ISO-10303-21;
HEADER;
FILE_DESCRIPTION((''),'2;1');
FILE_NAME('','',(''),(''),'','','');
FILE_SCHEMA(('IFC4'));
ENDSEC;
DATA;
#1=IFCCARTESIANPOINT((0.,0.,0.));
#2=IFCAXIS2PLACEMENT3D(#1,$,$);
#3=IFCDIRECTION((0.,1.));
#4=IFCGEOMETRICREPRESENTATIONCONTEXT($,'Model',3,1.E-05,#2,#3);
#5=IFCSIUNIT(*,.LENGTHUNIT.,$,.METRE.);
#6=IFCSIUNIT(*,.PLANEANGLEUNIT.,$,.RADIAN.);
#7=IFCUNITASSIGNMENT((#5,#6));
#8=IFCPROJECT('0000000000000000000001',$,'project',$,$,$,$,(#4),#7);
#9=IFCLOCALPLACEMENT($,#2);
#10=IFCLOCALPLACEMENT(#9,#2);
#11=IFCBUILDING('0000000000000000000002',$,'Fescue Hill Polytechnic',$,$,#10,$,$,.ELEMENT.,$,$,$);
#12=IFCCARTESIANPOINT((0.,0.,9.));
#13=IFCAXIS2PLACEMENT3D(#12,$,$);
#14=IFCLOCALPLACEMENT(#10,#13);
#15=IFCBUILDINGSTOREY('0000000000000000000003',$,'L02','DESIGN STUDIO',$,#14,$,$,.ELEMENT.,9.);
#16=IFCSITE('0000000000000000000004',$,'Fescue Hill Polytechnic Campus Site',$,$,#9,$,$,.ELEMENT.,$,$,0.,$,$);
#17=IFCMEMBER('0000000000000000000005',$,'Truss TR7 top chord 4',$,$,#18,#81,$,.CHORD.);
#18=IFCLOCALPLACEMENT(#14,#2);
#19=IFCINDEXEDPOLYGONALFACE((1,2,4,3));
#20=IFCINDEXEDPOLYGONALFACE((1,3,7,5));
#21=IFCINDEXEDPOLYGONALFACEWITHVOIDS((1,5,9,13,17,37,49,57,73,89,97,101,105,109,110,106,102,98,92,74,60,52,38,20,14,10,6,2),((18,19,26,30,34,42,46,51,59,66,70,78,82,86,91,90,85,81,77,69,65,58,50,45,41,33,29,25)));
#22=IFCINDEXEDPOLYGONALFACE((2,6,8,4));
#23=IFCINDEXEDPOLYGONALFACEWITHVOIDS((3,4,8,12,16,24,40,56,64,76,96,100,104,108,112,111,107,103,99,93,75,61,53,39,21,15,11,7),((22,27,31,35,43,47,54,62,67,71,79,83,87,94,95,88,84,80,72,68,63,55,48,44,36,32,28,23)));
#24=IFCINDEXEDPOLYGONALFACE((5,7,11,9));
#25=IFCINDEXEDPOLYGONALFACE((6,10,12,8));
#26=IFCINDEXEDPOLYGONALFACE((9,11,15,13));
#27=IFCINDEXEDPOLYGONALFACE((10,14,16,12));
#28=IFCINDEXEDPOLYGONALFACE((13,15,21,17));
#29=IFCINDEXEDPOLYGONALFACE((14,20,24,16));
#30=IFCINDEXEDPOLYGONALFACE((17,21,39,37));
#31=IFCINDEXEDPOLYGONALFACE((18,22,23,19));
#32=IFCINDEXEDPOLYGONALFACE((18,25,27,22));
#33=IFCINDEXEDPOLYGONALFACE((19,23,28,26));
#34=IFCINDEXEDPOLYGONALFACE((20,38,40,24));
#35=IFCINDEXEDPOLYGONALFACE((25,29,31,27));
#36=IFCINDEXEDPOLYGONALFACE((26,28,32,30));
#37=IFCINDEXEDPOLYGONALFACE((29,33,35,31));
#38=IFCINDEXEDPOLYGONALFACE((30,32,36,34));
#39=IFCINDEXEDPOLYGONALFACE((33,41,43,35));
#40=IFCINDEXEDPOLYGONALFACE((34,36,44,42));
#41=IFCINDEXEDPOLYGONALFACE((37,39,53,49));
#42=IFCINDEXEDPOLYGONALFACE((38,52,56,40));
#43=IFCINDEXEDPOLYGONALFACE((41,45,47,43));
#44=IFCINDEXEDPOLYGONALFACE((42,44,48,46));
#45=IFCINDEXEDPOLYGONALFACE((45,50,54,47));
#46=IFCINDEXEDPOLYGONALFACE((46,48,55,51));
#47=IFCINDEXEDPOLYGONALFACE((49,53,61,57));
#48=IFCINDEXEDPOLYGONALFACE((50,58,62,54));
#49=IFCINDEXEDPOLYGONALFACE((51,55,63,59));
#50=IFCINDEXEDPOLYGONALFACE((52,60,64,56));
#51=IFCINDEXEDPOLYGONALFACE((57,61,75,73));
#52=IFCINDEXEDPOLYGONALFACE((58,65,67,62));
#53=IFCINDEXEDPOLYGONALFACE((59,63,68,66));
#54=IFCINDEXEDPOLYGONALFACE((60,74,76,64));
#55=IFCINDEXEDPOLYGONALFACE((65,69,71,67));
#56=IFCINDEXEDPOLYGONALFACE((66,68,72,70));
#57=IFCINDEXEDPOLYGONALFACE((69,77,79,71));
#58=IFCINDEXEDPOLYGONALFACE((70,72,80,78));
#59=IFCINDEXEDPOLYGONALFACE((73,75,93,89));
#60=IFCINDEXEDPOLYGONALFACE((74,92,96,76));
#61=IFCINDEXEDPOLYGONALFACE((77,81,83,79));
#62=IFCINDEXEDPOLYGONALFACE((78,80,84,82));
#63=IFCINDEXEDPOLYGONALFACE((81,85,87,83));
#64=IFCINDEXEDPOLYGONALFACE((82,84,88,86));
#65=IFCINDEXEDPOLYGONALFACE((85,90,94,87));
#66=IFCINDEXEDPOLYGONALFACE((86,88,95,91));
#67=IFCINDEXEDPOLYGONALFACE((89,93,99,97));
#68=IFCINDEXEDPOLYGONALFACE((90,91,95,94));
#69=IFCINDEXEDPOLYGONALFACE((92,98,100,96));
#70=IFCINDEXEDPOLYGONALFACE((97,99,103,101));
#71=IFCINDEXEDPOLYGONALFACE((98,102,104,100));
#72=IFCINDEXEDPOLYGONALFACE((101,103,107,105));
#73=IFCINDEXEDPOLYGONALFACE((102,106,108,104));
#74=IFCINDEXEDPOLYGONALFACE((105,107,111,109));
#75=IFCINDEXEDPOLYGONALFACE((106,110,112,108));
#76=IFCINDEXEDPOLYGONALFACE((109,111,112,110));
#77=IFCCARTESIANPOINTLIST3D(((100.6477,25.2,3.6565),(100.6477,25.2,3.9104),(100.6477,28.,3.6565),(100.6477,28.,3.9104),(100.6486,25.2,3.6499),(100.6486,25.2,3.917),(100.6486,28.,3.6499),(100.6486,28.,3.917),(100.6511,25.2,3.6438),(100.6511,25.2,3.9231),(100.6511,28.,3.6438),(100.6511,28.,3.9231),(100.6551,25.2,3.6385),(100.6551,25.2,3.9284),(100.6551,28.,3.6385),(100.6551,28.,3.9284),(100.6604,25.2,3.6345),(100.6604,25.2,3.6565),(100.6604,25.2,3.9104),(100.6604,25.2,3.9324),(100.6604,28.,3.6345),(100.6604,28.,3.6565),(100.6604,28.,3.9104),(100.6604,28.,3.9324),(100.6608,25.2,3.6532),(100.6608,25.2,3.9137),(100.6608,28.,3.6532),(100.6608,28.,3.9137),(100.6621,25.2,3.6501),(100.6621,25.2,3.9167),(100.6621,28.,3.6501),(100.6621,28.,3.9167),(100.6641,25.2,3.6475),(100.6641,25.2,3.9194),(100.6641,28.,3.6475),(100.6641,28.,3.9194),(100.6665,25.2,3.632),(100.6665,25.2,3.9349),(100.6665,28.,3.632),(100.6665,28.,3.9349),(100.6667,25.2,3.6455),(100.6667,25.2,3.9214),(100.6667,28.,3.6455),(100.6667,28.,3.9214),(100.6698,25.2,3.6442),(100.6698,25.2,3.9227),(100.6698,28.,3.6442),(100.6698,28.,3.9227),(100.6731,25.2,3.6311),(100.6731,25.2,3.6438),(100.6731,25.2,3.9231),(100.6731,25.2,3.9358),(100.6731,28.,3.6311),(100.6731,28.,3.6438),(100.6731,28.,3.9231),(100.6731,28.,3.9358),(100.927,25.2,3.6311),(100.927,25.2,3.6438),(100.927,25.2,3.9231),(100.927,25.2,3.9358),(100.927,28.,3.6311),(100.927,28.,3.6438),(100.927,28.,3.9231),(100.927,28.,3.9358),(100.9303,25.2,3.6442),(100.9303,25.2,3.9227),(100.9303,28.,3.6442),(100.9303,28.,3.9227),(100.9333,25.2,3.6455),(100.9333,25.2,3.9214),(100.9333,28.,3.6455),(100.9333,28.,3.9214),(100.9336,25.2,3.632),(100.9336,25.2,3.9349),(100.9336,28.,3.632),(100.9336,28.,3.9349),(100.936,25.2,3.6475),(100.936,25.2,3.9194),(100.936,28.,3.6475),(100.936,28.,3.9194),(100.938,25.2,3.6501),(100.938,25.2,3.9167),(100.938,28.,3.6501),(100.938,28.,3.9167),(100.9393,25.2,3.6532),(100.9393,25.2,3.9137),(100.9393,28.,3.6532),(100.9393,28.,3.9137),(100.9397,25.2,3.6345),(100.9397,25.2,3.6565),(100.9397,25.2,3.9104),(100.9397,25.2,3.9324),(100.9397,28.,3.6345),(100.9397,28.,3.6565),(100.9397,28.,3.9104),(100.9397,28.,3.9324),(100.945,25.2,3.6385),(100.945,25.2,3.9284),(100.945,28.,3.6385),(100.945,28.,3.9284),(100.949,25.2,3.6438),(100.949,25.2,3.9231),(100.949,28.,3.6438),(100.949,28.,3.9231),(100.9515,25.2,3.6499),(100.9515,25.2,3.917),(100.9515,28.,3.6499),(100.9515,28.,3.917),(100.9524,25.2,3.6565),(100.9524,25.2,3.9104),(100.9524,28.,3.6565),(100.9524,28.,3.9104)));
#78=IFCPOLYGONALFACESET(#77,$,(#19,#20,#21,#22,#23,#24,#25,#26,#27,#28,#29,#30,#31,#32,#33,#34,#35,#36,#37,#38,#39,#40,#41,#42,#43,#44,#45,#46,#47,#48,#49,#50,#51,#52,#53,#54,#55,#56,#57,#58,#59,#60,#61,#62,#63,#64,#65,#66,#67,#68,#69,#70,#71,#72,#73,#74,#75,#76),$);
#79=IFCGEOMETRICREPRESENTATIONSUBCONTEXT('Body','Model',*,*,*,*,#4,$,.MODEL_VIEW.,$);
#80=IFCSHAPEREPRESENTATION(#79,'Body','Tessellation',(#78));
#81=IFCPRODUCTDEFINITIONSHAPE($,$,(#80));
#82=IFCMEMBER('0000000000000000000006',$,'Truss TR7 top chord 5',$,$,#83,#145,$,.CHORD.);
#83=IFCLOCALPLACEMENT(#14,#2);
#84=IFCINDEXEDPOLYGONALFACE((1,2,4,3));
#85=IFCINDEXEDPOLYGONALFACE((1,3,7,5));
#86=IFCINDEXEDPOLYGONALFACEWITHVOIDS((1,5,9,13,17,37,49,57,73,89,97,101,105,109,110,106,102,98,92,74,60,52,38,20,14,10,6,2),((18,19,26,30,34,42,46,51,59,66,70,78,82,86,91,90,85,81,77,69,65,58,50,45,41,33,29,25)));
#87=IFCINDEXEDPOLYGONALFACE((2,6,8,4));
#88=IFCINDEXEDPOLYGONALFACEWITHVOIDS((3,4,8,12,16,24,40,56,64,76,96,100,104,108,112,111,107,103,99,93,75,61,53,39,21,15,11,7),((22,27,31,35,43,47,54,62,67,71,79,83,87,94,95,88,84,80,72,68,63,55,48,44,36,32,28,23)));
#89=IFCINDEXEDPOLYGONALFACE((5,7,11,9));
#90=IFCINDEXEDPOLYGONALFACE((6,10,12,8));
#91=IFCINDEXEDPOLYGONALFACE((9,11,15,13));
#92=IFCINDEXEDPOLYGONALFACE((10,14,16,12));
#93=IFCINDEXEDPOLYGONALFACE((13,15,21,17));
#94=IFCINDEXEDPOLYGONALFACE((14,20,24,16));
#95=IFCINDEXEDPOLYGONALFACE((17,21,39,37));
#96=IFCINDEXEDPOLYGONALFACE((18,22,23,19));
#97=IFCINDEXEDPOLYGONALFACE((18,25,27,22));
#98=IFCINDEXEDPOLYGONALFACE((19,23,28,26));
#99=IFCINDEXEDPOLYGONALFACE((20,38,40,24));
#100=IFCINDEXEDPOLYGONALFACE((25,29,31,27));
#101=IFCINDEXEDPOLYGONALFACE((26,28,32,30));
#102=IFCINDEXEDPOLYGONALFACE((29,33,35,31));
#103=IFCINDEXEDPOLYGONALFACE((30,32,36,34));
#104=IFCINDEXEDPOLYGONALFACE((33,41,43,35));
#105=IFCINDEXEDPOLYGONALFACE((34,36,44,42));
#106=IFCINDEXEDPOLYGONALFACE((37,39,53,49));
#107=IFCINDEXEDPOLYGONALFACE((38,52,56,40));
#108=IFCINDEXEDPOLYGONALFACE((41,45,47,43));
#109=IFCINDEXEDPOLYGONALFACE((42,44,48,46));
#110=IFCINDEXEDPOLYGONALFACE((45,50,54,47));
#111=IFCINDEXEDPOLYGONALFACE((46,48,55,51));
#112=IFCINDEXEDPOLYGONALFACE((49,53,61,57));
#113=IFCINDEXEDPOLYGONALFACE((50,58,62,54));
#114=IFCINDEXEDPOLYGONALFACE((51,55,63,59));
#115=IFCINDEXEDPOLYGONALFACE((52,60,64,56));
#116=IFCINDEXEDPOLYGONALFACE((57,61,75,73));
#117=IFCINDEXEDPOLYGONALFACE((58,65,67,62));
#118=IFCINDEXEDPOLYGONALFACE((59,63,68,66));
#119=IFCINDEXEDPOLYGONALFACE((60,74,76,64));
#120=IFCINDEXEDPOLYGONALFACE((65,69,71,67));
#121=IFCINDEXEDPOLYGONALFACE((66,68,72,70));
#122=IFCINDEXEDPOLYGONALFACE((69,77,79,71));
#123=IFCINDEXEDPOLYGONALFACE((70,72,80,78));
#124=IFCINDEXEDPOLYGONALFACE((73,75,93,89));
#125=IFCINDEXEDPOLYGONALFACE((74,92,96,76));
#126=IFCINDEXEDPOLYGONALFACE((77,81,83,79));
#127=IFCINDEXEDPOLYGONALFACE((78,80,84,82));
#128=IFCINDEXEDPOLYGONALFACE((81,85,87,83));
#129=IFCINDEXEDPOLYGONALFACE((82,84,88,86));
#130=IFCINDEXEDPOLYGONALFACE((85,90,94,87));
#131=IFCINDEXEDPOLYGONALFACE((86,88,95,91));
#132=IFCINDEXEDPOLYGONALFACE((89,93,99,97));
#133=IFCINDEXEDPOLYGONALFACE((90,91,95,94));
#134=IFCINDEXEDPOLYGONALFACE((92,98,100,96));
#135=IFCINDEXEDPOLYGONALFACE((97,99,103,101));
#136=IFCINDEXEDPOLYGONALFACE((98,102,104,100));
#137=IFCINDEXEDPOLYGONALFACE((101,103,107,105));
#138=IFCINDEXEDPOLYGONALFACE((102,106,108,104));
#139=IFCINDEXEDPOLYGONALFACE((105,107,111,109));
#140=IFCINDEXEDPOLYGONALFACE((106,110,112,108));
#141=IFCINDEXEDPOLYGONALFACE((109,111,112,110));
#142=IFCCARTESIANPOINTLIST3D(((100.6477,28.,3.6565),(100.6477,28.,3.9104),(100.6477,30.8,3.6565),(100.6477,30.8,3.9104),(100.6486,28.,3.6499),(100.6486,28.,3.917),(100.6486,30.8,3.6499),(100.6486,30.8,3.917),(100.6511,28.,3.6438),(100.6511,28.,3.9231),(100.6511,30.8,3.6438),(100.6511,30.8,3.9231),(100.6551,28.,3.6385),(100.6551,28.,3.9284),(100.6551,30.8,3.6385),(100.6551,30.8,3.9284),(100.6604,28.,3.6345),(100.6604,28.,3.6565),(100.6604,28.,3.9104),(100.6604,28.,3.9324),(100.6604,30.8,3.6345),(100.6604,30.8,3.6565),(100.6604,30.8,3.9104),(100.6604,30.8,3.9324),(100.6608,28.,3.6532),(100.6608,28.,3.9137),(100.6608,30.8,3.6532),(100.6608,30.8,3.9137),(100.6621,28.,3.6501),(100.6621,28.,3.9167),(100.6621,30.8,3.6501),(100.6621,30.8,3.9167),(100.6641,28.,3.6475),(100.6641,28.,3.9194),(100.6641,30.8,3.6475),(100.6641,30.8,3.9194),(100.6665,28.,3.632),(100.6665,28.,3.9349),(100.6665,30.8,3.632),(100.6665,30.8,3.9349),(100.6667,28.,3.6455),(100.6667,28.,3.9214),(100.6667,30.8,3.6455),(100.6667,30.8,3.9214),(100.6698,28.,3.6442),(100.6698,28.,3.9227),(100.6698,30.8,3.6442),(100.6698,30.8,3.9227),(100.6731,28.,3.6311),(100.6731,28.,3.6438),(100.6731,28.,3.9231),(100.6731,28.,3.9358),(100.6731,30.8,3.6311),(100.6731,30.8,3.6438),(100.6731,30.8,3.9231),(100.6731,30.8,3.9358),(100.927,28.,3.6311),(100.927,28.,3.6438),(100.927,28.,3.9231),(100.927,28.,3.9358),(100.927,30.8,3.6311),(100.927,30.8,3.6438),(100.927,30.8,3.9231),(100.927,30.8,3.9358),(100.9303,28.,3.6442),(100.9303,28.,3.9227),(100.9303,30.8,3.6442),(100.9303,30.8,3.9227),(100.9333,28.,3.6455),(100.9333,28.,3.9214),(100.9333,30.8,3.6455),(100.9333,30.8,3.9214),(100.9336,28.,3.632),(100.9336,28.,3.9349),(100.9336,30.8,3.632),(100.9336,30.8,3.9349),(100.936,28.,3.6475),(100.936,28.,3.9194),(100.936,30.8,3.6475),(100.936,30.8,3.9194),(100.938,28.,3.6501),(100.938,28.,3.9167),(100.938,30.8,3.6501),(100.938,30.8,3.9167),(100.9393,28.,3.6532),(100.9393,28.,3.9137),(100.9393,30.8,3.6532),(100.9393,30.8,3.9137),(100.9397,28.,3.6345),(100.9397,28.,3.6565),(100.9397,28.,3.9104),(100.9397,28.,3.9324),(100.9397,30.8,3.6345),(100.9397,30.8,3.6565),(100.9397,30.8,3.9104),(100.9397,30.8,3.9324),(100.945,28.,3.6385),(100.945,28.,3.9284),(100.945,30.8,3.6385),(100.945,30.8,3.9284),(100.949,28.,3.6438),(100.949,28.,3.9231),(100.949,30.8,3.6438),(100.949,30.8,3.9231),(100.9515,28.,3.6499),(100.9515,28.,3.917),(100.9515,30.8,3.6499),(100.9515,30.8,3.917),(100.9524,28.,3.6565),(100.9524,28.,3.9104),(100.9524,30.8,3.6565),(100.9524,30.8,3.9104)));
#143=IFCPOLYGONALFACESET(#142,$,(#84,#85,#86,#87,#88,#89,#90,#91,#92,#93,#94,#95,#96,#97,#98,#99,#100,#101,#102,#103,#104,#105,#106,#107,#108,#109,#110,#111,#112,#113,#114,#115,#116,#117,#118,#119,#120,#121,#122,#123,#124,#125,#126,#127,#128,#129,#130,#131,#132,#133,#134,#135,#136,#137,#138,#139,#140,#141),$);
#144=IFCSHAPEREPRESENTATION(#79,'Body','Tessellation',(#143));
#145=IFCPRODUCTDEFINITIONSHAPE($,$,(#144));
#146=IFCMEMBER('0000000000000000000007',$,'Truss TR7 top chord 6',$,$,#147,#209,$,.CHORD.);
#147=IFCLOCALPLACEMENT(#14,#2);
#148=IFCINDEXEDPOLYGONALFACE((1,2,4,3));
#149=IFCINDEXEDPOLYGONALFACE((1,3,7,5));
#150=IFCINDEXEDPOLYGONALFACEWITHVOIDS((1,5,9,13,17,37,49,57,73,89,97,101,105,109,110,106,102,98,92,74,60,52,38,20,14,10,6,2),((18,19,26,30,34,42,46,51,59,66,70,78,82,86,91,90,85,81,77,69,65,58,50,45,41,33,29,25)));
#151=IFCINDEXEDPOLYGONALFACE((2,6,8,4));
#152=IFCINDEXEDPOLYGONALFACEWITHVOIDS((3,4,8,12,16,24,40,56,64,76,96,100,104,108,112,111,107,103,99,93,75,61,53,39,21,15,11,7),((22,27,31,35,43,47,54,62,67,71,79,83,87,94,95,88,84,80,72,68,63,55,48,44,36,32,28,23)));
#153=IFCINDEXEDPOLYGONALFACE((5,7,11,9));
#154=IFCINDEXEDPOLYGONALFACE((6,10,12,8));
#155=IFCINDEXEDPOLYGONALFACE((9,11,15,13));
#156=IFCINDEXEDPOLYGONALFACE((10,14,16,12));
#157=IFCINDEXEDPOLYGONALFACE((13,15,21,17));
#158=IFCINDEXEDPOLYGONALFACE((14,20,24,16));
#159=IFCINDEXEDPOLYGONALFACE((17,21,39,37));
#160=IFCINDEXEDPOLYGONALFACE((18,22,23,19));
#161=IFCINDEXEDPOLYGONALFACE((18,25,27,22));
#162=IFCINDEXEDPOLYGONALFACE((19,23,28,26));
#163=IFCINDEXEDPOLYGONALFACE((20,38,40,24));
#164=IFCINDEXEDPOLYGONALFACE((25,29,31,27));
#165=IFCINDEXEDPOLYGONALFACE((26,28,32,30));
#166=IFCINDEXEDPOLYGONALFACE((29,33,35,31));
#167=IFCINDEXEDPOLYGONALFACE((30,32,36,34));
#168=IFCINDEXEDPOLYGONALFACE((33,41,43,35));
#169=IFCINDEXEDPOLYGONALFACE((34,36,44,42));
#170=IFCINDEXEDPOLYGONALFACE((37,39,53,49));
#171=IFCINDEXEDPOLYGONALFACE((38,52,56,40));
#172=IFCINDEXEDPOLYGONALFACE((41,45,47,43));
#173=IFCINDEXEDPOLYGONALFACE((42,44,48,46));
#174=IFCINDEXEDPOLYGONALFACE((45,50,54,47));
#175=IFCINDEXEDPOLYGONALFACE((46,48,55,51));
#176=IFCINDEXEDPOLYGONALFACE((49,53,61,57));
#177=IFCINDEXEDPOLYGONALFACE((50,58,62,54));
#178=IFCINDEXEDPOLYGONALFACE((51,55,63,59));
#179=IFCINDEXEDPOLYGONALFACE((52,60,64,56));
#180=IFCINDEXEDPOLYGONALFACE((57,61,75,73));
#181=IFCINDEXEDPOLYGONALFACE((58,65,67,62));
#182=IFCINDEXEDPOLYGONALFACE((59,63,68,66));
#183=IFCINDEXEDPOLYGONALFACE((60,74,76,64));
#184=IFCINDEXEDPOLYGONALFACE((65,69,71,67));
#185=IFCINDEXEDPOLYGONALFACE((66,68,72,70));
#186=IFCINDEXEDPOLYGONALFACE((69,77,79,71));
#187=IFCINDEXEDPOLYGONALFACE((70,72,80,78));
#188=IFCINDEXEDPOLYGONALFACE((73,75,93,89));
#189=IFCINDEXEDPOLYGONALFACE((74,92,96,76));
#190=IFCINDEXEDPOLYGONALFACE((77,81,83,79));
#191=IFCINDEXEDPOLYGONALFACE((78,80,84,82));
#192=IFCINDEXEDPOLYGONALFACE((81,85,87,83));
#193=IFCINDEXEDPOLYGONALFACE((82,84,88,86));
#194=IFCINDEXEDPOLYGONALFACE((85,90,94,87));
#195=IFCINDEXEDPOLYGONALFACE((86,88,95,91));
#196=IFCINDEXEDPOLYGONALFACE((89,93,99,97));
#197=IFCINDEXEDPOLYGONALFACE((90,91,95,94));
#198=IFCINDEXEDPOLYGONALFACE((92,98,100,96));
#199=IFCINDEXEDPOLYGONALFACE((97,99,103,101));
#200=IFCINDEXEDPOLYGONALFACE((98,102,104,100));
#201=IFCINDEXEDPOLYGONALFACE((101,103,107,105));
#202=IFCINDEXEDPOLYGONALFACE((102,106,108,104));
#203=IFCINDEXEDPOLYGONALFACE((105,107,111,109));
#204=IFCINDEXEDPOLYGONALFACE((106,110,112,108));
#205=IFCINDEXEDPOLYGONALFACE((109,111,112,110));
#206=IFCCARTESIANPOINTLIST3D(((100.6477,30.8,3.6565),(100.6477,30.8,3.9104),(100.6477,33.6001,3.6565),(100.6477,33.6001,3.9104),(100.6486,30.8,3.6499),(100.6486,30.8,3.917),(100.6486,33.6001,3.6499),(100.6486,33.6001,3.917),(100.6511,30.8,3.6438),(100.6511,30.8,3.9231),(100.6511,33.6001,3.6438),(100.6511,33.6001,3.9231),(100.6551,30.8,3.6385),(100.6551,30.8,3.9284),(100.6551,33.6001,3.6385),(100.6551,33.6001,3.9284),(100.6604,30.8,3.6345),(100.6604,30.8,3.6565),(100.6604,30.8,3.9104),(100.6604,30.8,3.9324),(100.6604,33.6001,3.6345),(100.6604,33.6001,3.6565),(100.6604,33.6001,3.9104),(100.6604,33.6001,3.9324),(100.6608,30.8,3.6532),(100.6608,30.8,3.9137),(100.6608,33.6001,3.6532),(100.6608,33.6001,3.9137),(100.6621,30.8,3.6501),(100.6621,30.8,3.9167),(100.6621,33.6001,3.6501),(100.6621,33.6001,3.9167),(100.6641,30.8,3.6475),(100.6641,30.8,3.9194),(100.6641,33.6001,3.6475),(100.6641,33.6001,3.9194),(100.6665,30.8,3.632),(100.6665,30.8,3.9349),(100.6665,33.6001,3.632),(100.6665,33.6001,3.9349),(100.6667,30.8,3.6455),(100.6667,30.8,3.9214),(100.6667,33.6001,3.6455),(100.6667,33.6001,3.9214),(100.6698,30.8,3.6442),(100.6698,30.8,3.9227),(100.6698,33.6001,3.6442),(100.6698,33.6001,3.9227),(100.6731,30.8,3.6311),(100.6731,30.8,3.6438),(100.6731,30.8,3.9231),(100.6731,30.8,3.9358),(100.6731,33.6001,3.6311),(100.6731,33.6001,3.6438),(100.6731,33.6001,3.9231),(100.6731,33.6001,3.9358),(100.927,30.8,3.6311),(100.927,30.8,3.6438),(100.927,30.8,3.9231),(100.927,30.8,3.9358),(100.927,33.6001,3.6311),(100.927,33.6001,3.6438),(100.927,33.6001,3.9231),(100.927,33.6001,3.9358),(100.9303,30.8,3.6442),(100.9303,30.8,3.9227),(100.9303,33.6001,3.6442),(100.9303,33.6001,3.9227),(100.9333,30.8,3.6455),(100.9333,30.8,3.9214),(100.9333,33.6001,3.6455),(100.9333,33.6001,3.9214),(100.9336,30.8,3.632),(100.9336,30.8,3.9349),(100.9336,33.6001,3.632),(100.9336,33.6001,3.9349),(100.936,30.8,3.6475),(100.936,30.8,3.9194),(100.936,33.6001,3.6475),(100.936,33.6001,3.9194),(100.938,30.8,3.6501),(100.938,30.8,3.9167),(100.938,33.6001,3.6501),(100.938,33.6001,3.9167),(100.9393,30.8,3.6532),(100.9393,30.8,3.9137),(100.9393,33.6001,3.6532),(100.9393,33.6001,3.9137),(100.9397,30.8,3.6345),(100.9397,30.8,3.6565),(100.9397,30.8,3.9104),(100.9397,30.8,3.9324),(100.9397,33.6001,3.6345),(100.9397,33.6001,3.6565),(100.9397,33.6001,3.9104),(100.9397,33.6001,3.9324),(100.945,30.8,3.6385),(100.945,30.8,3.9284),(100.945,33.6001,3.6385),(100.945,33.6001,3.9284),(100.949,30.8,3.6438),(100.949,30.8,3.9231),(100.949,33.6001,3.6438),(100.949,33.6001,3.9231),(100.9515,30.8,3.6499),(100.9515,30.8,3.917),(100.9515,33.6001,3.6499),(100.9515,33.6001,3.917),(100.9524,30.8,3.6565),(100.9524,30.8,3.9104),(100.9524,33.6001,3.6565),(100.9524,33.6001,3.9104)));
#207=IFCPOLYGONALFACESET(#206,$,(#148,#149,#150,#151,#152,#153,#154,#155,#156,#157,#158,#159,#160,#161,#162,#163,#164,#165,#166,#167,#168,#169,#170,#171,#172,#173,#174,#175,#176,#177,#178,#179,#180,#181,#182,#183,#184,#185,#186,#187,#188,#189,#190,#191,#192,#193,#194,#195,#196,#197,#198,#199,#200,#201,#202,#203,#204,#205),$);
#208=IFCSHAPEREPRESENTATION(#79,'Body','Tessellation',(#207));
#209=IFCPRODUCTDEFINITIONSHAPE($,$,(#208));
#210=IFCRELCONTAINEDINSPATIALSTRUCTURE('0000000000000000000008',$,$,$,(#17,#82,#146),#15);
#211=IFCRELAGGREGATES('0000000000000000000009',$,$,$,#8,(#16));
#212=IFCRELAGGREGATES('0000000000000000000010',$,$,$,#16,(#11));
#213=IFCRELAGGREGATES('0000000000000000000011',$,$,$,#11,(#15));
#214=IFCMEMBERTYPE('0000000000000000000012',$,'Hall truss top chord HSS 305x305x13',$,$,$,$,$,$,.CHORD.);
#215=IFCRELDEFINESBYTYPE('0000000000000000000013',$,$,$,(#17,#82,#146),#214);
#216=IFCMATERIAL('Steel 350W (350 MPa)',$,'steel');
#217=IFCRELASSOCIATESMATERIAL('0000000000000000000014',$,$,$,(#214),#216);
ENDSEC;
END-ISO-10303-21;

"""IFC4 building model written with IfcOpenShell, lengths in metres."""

from ifc_helpers import new_model, si_unit, direction, frame, origin, origin_2d, place, context, subcontext, project, spatial, hollow_rectangle, extrude, material, material_profile, profile_set, type_object, element, save


model = new_model("IFC4")

# Units and contexts
model_context = context("Model", 3, precision=1e-05, world=origin(), true_north=direction((0.0, 1.0)))
body_context = subcontext(model_context, "Body", "Model", "MODEL_VIEW")
ifc_project = project(units=[si_unit("LENGTHUNIT", "METRE"), si_unit("PLANEANGLEUNIT", "RADIAN")], contexts=[model_context])

# Site, building, storey
site_placement = place(None, origin())
site = spatial("IfcSite", under=ifc_project, at=site_placement, Name="Fescue Hill Polytechnic Campus Site", CompositionType="ELEMENT", RefElevation=0.0)
building_placement = place(site_placement, origin())
building = spatial("IfcBuilding", under=site, at=building_placement, Name="Fescue Hill Polytechnic", CompositionType="ELEMENT")
storey_placement = place(building_placement, frame((0.0, 0.0, 9.0)))
storey = spatial("IfcBuildingStorey", under=building, at=storey_placement, Name="L02", Description="DESIGN STUDIO", CompositionType="ELEMENT", Elevation=9.0)

# Members
ifc_material = material(Name="Steel 350W (350 MPa)", Category="steel")
ifc_material_profile_1 = material_profile(ifc_material, hollow_rectangle(XDim=0.3047, YDim=0.3047, WallThickness=0.0127, InnerFilletRadius=0.0127, OuterFilletRadius=0.0254, at=origin_2d()), Name="Hall truss top chord HSS 305x305x13")
ifc_profile_set_1 = profile_set([ifc_material_profile_1], Name="Steel 350W (350 MPa)")
member_type_1 = type_object("IfcMemberType", Name="Hall truss top chord HSS 305x305x13", PredefinedType="CHORD", material=ifc_profile_set_1)
for number, where, z_axis, x_axis, name in (
    (1, (100.8, 25.2, 3.7834), (0.0, 1.0, 0.0), (-1.0, 0.0, 0.0), "Truss TR7 top chord 4"),
    (2, (100.8, 28.0, 3.7834), (0.0, 1.0, 0.0), (-1.0, 0.0, 0.0), "Truss TR7 top chord 5"),
    (3, (100.8, 30.8, 3.7834), (0.0, 1.0, 0.0), (-1.0, 0.0, 0.0), "Truss TR7 top chord 6"),
):
    element("IfcMember", number, at=place(storey_placement, frame(where, z_axis=z_axis, x_axis=x_axis)), inside=storey, type_object=member_type_1, Name=name, PredefinedType="CHORD", context=body_context, shape_type="SweptSolid", body=[
        extrude(hollow_rectangle(XDim=0.3047, YDim=0.3047, WallThickness=0.0127, InnerFilletRadius=0.0127, OuterFilletRadius=0.0254, at=origin_2d()), origin(), (0.0, 0.0, 1.0), 2.8),
    ])

save(model, "model.ifc")
